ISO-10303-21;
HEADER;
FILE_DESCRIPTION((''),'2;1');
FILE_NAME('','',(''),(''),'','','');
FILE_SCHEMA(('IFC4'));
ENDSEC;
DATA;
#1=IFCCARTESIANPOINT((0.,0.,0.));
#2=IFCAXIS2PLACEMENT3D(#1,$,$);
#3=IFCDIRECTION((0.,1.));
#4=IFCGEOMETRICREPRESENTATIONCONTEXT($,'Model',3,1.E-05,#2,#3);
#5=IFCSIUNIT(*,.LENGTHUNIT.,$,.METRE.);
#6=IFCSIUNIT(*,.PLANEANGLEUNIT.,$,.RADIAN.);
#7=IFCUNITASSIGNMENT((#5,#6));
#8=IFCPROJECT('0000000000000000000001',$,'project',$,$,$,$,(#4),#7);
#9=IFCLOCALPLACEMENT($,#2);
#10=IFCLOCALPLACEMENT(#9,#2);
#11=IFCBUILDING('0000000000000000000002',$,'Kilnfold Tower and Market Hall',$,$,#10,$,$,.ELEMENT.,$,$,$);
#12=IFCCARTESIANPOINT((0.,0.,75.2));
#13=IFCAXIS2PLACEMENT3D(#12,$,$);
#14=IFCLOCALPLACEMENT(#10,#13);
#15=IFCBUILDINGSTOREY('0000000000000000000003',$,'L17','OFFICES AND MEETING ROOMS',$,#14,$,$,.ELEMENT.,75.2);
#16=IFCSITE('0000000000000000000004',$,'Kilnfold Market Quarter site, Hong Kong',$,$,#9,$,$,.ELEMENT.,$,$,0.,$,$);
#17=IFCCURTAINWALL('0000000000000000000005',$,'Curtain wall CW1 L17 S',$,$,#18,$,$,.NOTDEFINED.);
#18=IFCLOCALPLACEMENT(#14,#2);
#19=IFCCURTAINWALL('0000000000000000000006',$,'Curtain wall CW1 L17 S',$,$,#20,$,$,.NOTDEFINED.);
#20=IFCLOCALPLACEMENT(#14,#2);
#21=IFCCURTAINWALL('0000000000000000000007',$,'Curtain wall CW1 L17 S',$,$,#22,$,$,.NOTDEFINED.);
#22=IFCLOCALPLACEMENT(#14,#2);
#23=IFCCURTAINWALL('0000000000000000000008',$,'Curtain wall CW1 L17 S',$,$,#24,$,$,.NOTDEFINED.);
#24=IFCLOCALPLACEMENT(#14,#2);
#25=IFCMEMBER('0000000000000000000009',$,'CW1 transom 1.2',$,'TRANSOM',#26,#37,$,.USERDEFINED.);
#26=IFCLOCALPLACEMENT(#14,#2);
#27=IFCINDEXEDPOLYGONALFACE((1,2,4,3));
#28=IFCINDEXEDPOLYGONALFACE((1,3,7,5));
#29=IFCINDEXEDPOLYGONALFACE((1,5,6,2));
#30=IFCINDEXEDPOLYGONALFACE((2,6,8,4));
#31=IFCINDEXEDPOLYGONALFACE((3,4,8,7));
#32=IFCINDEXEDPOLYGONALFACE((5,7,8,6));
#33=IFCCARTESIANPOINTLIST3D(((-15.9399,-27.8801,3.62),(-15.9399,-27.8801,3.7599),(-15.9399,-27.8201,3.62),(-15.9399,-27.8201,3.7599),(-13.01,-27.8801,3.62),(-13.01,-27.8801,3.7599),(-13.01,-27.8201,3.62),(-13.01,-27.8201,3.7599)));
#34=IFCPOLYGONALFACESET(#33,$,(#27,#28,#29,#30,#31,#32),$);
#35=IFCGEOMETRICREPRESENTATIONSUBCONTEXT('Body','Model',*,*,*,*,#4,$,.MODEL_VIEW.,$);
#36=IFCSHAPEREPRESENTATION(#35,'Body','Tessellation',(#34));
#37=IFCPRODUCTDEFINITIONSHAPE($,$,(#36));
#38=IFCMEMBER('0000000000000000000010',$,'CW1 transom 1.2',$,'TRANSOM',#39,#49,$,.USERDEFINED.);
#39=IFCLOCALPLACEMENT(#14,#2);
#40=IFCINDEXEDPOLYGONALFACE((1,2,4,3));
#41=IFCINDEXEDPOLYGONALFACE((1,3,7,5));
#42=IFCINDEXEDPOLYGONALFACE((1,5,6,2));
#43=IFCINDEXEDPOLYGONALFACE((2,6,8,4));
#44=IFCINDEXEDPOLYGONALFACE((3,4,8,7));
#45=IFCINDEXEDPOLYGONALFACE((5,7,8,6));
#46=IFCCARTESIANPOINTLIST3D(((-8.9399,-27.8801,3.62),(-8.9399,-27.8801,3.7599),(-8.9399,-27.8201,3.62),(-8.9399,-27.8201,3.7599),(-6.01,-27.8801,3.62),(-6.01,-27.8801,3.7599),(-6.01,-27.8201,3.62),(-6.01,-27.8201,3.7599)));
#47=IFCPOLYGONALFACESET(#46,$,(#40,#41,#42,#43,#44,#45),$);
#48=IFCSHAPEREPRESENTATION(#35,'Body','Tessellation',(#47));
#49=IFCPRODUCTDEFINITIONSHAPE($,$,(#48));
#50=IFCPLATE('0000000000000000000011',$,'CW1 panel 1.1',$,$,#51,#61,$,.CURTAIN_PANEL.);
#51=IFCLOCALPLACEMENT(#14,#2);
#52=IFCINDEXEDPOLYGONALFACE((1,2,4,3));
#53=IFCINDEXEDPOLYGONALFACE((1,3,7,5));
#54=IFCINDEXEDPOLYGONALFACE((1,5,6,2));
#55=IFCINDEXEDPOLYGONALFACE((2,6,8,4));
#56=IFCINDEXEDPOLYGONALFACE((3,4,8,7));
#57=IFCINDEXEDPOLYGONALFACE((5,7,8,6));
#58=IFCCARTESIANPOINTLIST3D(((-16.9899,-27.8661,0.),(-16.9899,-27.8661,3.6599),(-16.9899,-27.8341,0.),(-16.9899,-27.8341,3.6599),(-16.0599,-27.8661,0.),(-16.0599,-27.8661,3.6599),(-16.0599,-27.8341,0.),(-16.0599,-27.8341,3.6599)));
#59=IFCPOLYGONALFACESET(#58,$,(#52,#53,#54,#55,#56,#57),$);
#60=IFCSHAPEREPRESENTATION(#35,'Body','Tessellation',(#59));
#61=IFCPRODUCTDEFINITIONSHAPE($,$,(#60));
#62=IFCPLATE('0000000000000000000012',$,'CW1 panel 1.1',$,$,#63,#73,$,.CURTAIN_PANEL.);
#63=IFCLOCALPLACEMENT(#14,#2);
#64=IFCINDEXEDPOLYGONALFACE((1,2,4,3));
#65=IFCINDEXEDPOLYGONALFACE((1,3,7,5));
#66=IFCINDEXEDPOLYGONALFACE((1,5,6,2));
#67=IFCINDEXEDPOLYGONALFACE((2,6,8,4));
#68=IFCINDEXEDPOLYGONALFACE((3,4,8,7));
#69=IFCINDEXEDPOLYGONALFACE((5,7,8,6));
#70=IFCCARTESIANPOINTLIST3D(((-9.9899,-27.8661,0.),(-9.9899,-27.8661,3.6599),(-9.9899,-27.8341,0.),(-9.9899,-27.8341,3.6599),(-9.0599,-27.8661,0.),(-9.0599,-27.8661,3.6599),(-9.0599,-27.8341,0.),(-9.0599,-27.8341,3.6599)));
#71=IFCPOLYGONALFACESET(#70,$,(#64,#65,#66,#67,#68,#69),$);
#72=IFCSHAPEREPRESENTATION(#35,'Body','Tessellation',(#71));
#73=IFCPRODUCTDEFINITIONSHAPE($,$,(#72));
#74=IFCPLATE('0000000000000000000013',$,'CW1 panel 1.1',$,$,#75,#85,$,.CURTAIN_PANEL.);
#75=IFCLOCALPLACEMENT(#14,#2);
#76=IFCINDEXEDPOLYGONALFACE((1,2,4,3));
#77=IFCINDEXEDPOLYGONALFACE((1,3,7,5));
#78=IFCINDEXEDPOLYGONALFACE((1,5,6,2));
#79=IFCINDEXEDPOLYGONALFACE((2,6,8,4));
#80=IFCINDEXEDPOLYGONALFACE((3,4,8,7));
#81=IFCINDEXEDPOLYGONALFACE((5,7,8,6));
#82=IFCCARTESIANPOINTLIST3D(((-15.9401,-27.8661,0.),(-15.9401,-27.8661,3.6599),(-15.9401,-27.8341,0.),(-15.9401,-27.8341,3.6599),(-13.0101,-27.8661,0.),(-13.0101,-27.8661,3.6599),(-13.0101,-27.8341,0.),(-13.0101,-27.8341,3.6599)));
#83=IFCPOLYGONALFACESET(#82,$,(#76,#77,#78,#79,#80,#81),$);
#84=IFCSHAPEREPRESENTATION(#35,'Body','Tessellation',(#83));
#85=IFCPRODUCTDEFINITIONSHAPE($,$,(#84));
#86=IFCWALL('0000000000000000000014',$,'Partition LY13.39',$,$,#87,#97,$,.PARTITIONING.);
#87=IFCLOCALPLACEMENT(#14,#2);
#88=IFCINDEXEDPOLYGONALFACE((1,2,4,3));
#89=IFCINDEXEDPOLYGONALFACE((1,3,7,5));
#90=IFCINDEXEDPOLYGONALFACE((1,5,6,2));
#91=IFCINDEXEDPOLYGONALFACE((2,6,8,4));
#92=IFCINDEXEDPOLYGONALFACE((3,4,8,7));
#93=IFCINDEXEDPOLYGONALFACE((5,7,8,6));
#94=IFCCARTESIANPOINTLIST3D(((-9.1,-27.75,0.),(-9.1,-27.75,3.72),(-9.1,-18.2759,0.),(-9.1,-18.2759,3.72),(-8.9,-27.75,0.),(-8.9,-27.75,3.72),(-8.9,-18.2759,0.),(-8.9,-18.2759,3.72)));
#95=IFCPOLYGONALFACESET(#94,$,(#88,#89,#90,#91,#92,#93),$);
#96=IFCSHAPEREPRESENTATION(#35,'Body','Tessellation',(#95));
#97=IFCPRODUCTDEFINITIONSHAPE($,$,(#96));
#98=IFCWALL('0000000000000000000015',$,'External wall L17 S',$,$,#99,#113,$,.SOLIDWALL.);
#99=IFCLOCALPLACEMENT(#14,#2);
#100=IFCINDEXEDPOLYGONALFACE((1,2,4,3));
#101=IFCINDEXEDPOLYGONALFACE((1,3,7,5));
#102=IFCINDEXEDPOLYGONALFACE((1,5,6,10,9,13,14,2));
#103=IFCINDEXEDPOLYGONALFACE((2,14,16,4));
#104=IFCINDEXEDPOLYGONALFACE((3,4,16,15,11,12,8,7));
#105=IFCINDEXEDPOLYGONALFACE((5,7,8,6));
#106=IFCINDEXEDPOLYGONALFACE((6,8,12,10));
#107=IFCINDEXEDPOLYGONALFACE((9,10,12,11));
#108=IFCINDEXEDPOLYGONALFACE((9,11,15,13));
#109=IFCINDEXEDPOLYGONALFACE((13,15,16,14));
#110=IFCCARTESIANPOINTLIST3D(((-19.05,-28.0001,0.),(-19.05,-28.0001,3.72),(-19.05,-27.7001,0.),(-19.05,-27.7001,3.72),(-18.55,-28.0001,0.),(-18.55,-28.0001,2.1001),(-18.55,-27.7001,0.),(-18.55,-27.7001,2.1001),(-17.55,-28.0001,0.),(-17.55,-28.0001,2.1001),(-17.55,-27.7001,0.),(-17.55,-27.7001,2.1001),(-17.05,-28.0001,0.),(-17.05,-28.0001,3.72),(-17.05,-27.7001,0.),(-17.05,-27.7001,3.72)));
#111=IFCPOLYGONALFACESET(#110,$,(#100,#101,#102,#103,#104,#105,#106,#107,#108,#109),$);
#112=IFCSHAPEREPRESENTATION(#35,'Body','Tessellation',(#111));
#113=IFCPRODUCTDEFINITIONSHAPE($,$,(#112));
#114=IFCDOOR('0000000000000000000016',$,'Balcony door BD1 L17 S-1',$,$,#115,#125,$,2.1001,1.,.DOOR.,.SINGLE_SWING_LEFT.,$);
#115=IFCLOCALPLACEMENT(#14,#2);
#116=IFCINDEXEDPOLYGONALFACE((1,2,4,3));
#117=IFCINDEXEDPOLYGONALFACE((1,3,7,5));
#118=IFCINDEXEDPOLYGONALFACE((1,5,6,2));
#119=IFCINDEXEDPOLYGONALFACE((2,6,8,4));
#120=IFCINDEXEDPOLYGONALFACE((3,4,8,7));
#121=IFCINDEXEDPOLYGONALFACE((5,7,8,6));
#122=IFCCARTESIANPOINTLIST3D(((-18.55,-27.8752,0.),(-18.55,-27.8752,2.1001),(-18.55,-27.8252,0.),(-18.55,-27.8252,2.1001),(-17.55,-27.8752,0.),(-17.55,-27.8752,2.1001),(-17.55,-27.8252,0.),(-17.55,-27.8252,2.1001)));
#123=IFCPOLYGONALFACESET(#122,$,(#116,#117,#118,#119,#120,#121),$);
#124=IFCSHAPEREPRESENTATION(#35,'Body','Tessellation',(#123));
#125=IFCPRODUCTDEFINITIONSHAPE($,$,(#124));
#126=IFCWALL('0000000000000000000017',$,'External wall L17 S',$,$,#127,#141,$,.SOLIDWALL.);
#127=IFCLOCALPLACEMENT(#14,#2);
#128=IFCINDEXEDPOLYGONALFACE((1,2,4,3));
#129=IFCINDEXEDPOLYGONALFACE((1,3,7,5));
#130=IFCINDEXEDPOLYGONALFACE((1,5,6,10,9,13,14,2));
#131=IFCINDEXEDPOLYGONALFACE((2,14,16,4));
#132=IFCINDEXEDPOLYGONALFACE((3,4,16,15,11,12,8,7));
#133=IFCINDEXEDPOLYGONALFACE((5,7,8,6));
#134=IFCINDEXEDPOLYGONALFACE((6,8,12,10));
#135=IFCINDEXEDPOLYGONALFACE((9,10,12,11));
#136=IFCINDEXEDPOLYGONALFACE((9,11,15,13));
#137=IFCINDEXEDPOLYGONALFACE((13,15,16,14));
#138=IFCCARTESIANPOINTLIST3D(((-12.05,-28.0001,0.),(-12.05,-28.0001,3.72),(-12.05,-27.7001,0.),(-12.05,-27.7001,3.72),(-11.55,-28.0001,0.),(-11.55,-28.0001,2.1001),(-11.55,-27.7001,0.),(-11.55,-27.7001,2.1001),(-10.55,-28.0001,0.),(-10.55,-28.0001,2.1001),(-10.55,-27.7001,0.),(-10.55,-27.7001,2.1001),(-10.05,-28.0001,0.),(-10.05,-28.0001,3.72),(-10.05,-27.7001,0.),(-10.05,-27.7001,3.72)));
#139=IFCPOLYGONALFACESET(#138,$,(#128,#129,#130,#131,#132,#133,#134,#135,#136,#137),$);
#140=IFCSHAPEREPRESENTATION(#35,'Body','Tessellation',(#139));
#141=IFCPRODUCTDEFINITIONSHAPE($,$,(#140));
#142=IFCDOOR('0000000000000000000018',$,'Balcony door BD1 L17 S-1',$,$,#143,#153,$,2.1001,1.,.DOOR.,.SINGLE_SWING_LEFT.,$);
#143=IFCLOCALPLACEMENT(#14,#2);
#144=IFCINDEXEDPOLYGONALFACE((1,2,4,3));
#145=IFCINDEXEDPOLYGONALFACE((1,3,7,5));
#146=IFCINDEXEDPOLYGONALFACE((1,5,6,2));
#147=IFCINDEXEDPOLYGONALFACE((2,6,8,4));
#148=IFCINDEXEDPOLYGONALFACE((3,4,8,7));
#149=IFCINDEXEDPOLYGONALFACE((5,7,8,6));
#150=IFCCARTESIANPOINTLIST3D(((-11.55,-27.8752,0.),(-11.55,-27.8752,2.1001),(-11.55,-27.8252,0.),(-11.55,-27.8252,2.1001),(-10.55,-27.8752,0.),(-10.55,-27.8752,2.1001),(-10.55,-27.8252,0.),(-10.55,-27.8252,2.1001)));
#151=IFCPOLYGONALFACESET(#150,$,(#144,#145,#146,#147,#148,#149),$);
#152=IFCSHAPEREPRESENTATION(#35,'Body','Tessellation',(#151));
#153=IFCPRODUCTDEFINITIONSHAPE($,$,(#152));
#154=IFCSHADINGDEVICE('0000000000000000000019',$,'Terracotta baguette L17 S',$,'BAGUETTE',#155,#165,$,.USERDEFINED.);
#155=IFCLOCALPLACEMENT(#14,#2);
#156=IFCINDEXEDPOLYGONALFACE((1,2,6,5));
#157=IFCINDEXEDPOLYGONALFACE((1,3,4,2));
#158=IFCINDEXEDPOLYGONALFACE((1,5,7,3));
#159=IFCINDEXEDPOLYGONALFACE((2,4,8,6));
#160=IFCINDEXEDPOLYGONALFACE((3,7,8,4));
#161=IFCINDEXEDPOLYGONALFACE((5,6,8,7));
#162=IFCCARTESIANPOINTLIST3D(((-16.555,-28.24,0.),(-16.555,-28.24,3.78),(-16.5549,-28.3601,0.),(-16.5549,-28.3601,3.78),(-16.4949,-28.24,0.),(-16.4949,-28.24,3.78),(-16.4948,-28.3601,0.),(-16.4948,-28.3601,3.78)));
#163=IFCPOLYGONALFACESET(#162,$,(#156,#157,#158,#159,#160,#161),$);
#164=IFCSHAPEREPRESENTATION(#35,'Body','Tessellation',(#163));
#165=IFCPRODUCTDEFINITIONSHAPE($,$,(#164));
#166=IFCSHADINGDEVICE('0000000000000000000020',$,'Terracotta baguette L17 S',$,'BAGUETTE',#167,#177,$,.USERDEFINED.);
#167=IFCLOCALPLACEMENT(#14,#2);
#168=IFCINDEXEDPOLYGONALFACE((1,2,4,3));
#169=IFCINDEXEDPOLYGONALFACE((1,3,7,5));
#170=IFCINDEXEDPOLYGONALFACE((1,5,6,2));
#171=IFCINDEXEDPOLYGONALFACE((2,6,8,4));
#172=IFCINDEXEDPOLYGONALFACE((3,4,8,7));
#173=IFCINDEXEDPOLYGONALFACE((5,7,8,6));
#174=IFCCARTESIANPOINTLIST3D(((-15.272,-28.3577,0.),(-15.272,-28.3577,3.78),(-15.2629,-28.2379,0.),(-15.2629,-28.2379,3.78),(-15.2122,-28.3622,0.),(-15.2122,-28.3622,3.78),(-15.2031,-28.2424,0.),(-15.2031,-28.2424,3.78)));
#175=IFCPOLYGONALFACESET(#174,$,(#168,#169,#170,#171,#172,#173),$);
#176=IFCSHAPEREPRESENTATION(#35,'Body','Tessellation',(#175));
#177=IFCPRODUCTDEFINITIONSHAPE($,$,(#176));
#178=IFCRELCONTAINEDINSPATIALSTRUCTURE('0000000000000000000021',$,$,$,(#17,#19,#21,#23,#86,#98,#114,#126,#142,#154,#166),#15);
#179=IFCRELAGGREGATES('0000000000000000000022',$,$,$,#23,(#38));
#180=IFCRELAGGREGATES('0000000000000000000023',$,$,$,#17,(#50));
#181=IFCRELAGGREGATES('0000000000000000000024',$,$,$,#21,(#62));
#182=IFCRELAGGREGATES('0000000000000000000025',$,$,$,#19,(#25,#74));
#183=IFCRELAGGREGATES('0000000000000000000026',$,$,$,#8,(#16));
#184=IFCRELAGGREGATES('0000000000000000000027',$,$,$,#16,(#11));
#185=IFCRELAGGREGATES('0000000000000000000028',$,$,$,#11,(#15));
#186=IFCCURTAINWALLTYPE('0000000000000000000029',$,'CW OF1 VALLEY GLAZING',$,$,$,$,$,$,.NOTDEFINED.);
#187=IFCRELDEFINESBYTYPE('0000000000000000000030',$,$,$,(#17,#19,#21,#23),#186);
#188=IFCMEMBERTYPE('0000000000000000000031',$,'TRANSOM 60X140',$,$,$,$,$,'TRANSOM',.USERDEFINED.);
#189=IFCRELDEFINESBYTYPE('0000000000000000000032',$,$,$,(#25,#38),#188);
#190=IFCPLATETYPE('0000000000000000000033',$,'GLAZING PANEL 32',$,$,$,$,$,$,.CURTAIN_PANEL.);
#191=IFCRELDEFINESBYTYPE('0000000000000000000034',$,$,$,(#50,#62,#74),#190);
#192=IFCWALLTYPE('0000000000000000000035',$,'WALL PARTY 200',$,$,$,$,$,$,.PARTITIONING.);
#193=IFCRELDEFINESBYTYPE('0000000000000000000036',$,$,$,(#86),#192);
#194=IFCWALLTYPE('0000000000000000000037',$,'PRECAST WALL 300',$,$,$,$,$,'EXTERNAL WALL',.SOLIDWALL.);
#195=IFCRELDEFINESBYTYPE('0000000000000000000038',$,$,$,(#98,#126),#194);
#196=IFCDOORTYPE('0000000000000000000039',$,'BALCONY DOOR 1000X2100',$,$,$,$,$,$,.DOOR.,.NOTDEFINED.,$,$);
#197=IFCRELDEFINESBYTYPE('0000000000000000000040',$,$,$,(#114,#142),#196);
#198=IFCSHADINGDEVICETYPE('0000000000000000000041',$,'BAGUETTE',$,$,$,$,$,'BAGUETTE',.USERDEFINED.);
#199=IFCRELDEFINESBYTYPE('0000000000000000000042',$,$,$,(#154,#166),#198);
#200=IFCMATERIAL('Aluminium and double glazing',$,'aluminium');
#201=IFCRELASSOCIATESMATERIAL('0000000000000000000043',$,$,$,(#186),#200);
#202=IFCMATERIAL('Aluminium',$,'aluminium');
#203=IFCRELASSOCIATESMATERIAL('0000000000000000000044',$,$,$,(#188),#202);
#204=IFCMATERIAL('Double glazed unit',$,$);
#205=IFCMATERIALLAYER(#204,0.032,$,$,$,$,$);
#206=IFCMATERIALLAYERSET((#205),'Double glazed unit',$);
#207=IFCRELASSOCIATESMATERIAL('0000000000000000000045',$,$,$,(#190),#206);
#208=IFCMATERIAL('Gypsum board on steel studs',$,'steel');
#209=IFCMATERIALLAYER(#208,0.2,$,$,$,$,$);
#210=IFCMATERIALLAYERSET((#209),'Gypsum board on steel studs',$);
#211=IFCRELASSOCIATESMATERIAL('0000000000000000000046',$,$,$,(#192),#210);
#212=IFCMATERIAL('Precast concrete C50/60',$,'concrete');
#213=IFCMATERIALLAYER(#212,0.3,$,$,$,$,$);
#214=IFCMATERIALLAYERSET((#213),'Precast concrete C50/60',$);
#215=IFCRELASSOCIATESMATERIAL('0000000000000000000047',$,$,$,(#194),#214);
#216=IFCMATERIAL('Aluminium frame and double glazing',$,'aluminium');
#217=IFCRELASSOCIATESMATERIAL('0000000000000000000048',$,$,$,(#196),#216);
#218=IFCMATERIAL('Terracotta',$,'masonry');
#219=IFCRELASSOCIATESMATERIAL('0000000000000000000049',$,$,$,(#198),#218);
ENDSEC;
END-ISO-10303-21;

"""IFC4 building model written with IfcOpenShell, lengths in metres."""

from ifc_helpers import new_model, si_unit, direction, frame, frame_2d, origin, origin_2d, place, context, subcontext, project, spatial, rectangle, extrude, source, transform, mapped, material, layer, layer_set, material_profile, profile_set, type_object, element, fill, aggregate, save


model = new_model("IFC4")

# Units and contexts
model_context = context("Model", 3, precision=1e-05, world=origin(), true_north=direction((0.0, 1.0)))
body_context = subcontext(model_context, "Body", "Model", "MODEL_VIEW")
ifc_project = project(units=[si_unit("LENGTHUNIT", "METRE"), si_unit("PLANEANGLEUNIT", "RADIAN")], contexts=[model_context])

# Site, building, storey
site_placement = place(None, origin())
site = spatial("IfcSite", under=ifc_project, at=site_placement, Name="Kilnfold Market Quarter site, Hong Kong", CompositionType="ELEMENT", RefElevation=0.0)
building_placement = place(site_placement, origin())
building = spatial("IfcBuilding", under=site, at=building_placement, Name="Kilnfold Tower and Market Hall", CompositionType="ELEMENT")
storey_placement = place(building_placement, frame((0.0, 0.0, 75.2)))
storey = spatial("IfcBuildingStorey", under=building, at=storey_placement, Name="L17", Description="OFFICES AND MEETING ROOMS", CompositionType="ELEMENT", Elevation=75.2)

# Curtain walls
ifc_material_1 = material(Name="Aluminium and double glazing", Category="aluminium")
curtain_wall_type = type_object("IfcCurtainWallType", Name="CW OF1 VALLEY GLAZING", PredefinedType="NOTDEFINED", material=ifc_material_1)
curtain_wall_1_placement = place(storey_placement, origin())
curtain_wall_1 = element("IfcCurtainWall", 1, at=curtain_wall_1_placement, inside=storey, type_object=curtain_wall_type, Name="Curtain wall CW1 L17 S", PredefinedType="NOTDEFINED")
curtain_wall_2_placement = place(storey_placement, origin())
curtain_wall_2 = element("IfcCurtainWall", 2, at=curtain_wall_2_placement, inside=storey, type_object=curtain_wall_type, Name="Curtain wall CW1 L17 S", PredefinedType="NOTDEFINED")
curtain_wall_3_placement = place(storey_placement, origin())
curtain_wall_3 = element("IfcCurtainWall", 3, at=curtain_wall_3_placement, inside=storey, type_object=curtain_wall_type, Name="Curtain wall CW1 L17 S", PredefinedType="NOTDEFINED")

# Curtain wall
curtain_wall_4_placement = place(storey_placement, origin())
curtain_wall_4 = element("IfcCurtainWall", 4, at=curtain_wall_4_placement, inside=storey, type_object=curtain_wall_type, Name="Curtain wall CW1 L17 S", PredefinedType="NOTDEFINED")

# Members
ifc_material_2 = material(Name="Aluminium", Category="aluminium")
ifc_material_profile_1 = material_profile(ifc_material_2, rectangle(XDim=0.0601, YDim=0.1399, at=origin_2d()), Name="TRANSOM 60x140")
ifc_profile_set_1 = profile_set([ifc_material_profile_1], Name="Aluminium")
member_type_1 = type_object("IfcMemberType", Name="TRANSOM 60X140", ElementType="TRANSOM", PredefinedType="USERDEFINED", material=ifc_profile_set_1)
shared_shape_1 = source(origin(), body_context, "Body", "SweptSolid", [
    extrude(rectangle(XDim=0.0601, YDim=0.1399, at=origin_2d()), origin(), (0.0, 0.0, 1.0), 2.9299),
])
member_1_placement = place(storey_placement, frame((-15.9399, -27.8501, 3.6899), z_axis=(1.0, 0.0, 0.0), x_axis=(0.0, 1.0, 0.0)))
member_1 = element("IfcMember", 5, at=member_1_placement, type_object=member_type_1, Name="CW1 transom 1.2", ObjectType="TRANSOM", PredefinedType="USERDEFINED", context=body_context, shape_type="MappedRepresentation", body=[
    mapped(shared_shape_1, transform((0.0, 0.0, 0.0))),
])
member_2_placement = place(storey_placement, frame((-8.9399, -27.8501, 3.6899), z_axis=(1.0, 0.0, 0.0), x_axis=(0.0, 1.0, 0.0)))
member_2 = element("IfcMember", 6, at=member_2_placement, type_object=member_type_1, Name="CW1 transom 1.2", ObjectType="TRANSOM", PredefinedType="USERDEFINED", context=body_context, shape_type="MappedRepresentation", body=[
    mapped(shared_shape_1, transform((0.0, 0.0, 0.0))),
])
aggregate(curtain_wall_4, [member_2])

# Plates
ifc_material_3 = material(Name="Double glazed unit")
ifc_layer_1 = layer(ifc_material_3, 0.032)
ifc_layer_set_1 = layer_set([ifc_layer_1], Name="Double glazed unit")
plate_type = type_object("IfcPlateType", Name="GLAZING PANEL 32", PredefinedType="CURTAIN_PANEL", material=ifc_layer_set_1)
shared_shape_2 = source(origin(), body_context, "Body", "SweptSolid", [
    extrude(rectangle(XDim=0.9299, YDim=0.032, at=origin_2d()), origin(), (0.0, 0.0, 1.0), 3.6599),
])
plate_1_placement = place(storey_placement, frame((-16.5249, -27.8501, 0.0), z_axis=(0.0, 0.0, 1.0), x_axis=(1.0, 0.0, 0.0)))
plate_1 = element("IfcPlate", 7, at=plate_1_placement, type_object=plate_type, Name="CW1 panel 1.1", PredefinedType="CURTAIN_PANEL", context=body_context, shape_type="MappedRepresentation", body=[
    mapped(shared_shape_2, transform((0.0, 0.0, 0.0))),
])
aggregate(curtain_wall_1, [plate_1])
plate_2_placement = place(storey_placement, frame((-9.5249, -27.8501, 0.0), z_axis=(0.0, 0.0, 1.0), x_axis=(1.0, 0.0, 0.0)))
plate_2 = element("IfcPlate", 8, at=plate_2_placement, type_object=plate_type, Name="CW1 panel 1.1", PredefinedType="CURTAIN_PANEL", context=body_context, shape_type="MappedRepresentation", body=[
    mapped(shared_shape_2, transform((0.0, 0.0, 0.0))),
])
aggregate(curtain_wall_3, [plate_2])
shared_shape_3 = source(origin(), body_context, "Body", "SweptSolid", [
    extrude(rectangle(XDim=2.9299, YDim=0.032, at=origin_2d()), origin(), (0.0, 0.0, 1.0), 3.6599),
])
plate_3_placement = place(storey_placement, frame((-14.4751, -27.8501, 0.0), z_axis=(0.0, 0.0, 1.0), x_axis=(1.0, 0.0, 0.0)))
plate_3 = element("IfcPlate", 9, at=plate_3_placement, type_object=plate_type, Name="CW1 panel 1.1", PredefinedType="CURTAIN_PANEL", context=body_context, shape_type="MappedRepresentation", body=[
    mapped(shared_shape_3, transform((0.0, 0.0, 0.0))),
])
aggregate(curtain_wall_2, [member_1, plate_3])

# Wall
ifc_material_4 = material(Name="Gypsum board on steel studs", Category="steel")
ifc_layer_2 = layer(ifc_material_4, 0.2)
ifc_layer_set_2 = layer_set([ifc_layer_2], Name="Gypsum board on steel studs")
wall_type_1 = type_object("IfcWallType", Name="WALL PARTY 200", PredefinedType="PARTITIONING", material=ifc_layer_set_2)
wall_1_placement = place(storey_placement, frame((-9.0, -27.75, 0.0), z_axis=(0.0, 0.0, 1.0), x_axis=(0.0, 1.0, 0.0)))
element("IfcWall", 10, at=wall_1_placement, inside=storey, type_object=wall_type_1, Name="Partition LY13.39", PredefinedType="PARTITIONING", context=body_context, shape_type="SweptSolid", body=[
    extrude(rectangle(XDim=9.4741, YDim=0.2, at=frame_2d((4.7371, 0.0))), origin(), (0.0, 0.0, 1.0), 3.72),
])

# Walls, openings, doors
ifc_material_5 = material(Name="Precast concrete C50/60", Category="concrete")
ifc_layer_3 = layer(ifc_material_5, 0.3)
ifc_layer_set_3 = layer_set([ifc_layer_3], Name="Precast concrete C50/60")
wall_type_2 = type_object("IfcWallType", Name="PRECAST WALL 300", ElementType="EXTERNAL WALL", PredefinedType="SOLIDWALL", material=ifc_layer_set_3)
shared_shape_4 = source(origin(), body_context, "Body", "SweptSolid", [
    extrude(rectangle(XDim=2.0, YDim=0.3, at=frame_2d((1.0, 0.0))), origin(), (0.0, 0.0, 1.0), 3.72),
])
wall_2_placement = place(storey_placement, frame((-19.05, -27.8501, 0.0), z_axis=(0.0, 0.0, 1.0), x_axis=(1.0, 0.0, 0.0)))
wall_2 = element("IfcWall", 11, at=wall_2_placement, inside=storey, type_object=wall_type_2, Name="External wall L17 S", PredefinedType="SOLIDWALL", context=body_context, shape_type="MappedRepresentation", body=[
    mapped(shared_shape_4, transform((0.0, 0.0, 0.0))),
])
opening_1_placement = place(wall_2_placement, frame((0.5, 0.0, 0.0)))
opening_1 = element("IfcOpeningElement", 12, at=opening_1_placement, cuts=wall_2, PredefinedType="OPENING", context=body_context, shape_type="SweptSolid", body=[
    extrude(rectangle(XDim=1.0, YDim=2.1001, at=frame_2d((0.5, 1.05))), frame((0.0, 0.1602, 0.0), z_axis=(0.0, -1.0, 0.0), x_axis=(1.0, 0.0, 0.0)), (0.0, 0.0, 1.0), 0.3201),
])
ifc_material_6 = material(Name="Aluminium frame and double glazing", Category="aluminium")
door_type = type_object("IfcDoorType", Name="BALCONY DOOR 1000X2100", OperationType="NOTDEFINED", PredefinedType="DOOR", material=ifc_material_6)
door_1_placement = place(opening_1_placement, origin())
door_1 = element("IfcDoor", 13, at=door_1_placement, inside=storey, type_object=door_type, Name="Balcony door BD1 L17 S-1", OperationType="SINGLE_SWING_LEFT", OverallHeight=2.1001, OverallWidth=1.0, PredefinedType="DOOR", context=body_context, shape_type="SweptSolid", body=[
    extrude(rectangle(XDim=1.0, YDim=2.1001, at=frame_2d((0.5, 1.05))), frame((0.0, 0.0249, 0.0), z_axis=(0.0, -1.0, 0.0), x_axis=(1.0, 0.0, 0.0)), (0.0, 0.0, 1.0), 0.05),
])
fill(opening_1, door_1)
wall_3_placement = place(storey_placement, frame((-12.05, -27.8501, 0.0), z_axis=(0.0, 0.0, 1.0), x_axis=(1.0, 0.0, 0.0)))
wall_3 = element("IfcWall", 14, at=wall_3_placement, inside=storey, type_object=wall_type_2, Name="External wall L17 S", PredefinedType="SOLIDWALL", context=body_context, shape_type="MappedRepresentation", body=[
    mapped(shared_shape_4, transform((0.0, 0.0, 0.0))),
])
opening_2_placement = place(wall_3_placement, frame((0.5, 0.0, 0.0)))
opening_2 = element("IfcOpeningElement", 15, at=opening_2_placement, cuts=wall_3, PredefinedType="OPENING", context=body_context, shape_type="SweptSolid", body=[
    extrude(rectangle(XDim=1.0, YDim=2.1001, at=frame_2d((0.5, 1.05))), frame((0.0, 0.1602, 0.0), z_axis=(0.0, -1.0, 0.0), x_axis=(1.0, 0.0, 0.0)), (0.0, 0.0, 1.0), 0.3201),
])
door_2_placement = place(opening_2_placement, origin())
door_2 = element("IfcDoor", 16, at=door_2_placement, inside=storey, type_object=door_type, Name="Balcony door BD1 L17 S-1", OperationType="SINGLE_SWING_LEFT", OverallHeight=2.1001, OverallWidth=1.0, PredefinedType="DOOR", context=body_context, shape_type="SweptSolid", body=[
    extrude(rectangle(XDim=1.0, YDim=2.1001, at=frame_2d((0.5, 1.05))), frame((0.0, 0.0249, 0.0), z_axis=(0.0, -1.0, 0.0), x_axis=(1.0, 0.0, 0.0)), (0.0, 0.0, 1.0), 0.05),
])
fill(opening_2, door_2)

# Shading devices
ifc_material_7 = material(Name="Terracotta", Category="masonry")
ifc_material_profile_2 = material_profile(ifc_material_7, rectangle(XDim=0.0601, YDim=0.1201, at=origin_2d()), Name="BAG 60x120")
ifc_profile_set_2 = profile_set([ifc_material_profile_2], Name="Terracotta")
shading_device_type = type_object("IfcShadingDeviceType", Name="BAGUETTE", ElementType="BAGUETTE", PredefinedType="USERDEFINED", material=ifc_profile_set_2)
shared_shape_5 = source(origin(), body_context, "Body", "SweptSolid", [
    extrude(rectangle(XDim=0.0601, YDim=0.1201, at=origin_2d()), origin(), (0.0, 0.0, 1.0), 3.78),
])
for number, where, z_axis, x_axis, name in (
    (17, (-16.5249, -28.3, 0.0), (0.0, 0.0, 1.0), (1.0, 0.000438, 0.0), "Terracotta baguette L17 S"),
    (18, (-15.2375, -28.3, 0.0), (0.0, 0.0, 1.0), (0.997121, -0.075825, 0.0), "Terracotta baguette L17 S"),
):
    element("IfcShadingDevice", number, at=place(storey_placement, frame(where, z_axis=z_axis, x_axis=x_axis)), inside=storey, type_object=shading_device_type, Name=name, ObjectType="BAGUETTE", PredefinedType="USERDEFINED", context=body_context, shape_type="MappedRepresentation", body=[
        mapped(shared_shape_5, transform((0.0, 0.0, 0.0))),
    ])

save(model, "model.ifc")
